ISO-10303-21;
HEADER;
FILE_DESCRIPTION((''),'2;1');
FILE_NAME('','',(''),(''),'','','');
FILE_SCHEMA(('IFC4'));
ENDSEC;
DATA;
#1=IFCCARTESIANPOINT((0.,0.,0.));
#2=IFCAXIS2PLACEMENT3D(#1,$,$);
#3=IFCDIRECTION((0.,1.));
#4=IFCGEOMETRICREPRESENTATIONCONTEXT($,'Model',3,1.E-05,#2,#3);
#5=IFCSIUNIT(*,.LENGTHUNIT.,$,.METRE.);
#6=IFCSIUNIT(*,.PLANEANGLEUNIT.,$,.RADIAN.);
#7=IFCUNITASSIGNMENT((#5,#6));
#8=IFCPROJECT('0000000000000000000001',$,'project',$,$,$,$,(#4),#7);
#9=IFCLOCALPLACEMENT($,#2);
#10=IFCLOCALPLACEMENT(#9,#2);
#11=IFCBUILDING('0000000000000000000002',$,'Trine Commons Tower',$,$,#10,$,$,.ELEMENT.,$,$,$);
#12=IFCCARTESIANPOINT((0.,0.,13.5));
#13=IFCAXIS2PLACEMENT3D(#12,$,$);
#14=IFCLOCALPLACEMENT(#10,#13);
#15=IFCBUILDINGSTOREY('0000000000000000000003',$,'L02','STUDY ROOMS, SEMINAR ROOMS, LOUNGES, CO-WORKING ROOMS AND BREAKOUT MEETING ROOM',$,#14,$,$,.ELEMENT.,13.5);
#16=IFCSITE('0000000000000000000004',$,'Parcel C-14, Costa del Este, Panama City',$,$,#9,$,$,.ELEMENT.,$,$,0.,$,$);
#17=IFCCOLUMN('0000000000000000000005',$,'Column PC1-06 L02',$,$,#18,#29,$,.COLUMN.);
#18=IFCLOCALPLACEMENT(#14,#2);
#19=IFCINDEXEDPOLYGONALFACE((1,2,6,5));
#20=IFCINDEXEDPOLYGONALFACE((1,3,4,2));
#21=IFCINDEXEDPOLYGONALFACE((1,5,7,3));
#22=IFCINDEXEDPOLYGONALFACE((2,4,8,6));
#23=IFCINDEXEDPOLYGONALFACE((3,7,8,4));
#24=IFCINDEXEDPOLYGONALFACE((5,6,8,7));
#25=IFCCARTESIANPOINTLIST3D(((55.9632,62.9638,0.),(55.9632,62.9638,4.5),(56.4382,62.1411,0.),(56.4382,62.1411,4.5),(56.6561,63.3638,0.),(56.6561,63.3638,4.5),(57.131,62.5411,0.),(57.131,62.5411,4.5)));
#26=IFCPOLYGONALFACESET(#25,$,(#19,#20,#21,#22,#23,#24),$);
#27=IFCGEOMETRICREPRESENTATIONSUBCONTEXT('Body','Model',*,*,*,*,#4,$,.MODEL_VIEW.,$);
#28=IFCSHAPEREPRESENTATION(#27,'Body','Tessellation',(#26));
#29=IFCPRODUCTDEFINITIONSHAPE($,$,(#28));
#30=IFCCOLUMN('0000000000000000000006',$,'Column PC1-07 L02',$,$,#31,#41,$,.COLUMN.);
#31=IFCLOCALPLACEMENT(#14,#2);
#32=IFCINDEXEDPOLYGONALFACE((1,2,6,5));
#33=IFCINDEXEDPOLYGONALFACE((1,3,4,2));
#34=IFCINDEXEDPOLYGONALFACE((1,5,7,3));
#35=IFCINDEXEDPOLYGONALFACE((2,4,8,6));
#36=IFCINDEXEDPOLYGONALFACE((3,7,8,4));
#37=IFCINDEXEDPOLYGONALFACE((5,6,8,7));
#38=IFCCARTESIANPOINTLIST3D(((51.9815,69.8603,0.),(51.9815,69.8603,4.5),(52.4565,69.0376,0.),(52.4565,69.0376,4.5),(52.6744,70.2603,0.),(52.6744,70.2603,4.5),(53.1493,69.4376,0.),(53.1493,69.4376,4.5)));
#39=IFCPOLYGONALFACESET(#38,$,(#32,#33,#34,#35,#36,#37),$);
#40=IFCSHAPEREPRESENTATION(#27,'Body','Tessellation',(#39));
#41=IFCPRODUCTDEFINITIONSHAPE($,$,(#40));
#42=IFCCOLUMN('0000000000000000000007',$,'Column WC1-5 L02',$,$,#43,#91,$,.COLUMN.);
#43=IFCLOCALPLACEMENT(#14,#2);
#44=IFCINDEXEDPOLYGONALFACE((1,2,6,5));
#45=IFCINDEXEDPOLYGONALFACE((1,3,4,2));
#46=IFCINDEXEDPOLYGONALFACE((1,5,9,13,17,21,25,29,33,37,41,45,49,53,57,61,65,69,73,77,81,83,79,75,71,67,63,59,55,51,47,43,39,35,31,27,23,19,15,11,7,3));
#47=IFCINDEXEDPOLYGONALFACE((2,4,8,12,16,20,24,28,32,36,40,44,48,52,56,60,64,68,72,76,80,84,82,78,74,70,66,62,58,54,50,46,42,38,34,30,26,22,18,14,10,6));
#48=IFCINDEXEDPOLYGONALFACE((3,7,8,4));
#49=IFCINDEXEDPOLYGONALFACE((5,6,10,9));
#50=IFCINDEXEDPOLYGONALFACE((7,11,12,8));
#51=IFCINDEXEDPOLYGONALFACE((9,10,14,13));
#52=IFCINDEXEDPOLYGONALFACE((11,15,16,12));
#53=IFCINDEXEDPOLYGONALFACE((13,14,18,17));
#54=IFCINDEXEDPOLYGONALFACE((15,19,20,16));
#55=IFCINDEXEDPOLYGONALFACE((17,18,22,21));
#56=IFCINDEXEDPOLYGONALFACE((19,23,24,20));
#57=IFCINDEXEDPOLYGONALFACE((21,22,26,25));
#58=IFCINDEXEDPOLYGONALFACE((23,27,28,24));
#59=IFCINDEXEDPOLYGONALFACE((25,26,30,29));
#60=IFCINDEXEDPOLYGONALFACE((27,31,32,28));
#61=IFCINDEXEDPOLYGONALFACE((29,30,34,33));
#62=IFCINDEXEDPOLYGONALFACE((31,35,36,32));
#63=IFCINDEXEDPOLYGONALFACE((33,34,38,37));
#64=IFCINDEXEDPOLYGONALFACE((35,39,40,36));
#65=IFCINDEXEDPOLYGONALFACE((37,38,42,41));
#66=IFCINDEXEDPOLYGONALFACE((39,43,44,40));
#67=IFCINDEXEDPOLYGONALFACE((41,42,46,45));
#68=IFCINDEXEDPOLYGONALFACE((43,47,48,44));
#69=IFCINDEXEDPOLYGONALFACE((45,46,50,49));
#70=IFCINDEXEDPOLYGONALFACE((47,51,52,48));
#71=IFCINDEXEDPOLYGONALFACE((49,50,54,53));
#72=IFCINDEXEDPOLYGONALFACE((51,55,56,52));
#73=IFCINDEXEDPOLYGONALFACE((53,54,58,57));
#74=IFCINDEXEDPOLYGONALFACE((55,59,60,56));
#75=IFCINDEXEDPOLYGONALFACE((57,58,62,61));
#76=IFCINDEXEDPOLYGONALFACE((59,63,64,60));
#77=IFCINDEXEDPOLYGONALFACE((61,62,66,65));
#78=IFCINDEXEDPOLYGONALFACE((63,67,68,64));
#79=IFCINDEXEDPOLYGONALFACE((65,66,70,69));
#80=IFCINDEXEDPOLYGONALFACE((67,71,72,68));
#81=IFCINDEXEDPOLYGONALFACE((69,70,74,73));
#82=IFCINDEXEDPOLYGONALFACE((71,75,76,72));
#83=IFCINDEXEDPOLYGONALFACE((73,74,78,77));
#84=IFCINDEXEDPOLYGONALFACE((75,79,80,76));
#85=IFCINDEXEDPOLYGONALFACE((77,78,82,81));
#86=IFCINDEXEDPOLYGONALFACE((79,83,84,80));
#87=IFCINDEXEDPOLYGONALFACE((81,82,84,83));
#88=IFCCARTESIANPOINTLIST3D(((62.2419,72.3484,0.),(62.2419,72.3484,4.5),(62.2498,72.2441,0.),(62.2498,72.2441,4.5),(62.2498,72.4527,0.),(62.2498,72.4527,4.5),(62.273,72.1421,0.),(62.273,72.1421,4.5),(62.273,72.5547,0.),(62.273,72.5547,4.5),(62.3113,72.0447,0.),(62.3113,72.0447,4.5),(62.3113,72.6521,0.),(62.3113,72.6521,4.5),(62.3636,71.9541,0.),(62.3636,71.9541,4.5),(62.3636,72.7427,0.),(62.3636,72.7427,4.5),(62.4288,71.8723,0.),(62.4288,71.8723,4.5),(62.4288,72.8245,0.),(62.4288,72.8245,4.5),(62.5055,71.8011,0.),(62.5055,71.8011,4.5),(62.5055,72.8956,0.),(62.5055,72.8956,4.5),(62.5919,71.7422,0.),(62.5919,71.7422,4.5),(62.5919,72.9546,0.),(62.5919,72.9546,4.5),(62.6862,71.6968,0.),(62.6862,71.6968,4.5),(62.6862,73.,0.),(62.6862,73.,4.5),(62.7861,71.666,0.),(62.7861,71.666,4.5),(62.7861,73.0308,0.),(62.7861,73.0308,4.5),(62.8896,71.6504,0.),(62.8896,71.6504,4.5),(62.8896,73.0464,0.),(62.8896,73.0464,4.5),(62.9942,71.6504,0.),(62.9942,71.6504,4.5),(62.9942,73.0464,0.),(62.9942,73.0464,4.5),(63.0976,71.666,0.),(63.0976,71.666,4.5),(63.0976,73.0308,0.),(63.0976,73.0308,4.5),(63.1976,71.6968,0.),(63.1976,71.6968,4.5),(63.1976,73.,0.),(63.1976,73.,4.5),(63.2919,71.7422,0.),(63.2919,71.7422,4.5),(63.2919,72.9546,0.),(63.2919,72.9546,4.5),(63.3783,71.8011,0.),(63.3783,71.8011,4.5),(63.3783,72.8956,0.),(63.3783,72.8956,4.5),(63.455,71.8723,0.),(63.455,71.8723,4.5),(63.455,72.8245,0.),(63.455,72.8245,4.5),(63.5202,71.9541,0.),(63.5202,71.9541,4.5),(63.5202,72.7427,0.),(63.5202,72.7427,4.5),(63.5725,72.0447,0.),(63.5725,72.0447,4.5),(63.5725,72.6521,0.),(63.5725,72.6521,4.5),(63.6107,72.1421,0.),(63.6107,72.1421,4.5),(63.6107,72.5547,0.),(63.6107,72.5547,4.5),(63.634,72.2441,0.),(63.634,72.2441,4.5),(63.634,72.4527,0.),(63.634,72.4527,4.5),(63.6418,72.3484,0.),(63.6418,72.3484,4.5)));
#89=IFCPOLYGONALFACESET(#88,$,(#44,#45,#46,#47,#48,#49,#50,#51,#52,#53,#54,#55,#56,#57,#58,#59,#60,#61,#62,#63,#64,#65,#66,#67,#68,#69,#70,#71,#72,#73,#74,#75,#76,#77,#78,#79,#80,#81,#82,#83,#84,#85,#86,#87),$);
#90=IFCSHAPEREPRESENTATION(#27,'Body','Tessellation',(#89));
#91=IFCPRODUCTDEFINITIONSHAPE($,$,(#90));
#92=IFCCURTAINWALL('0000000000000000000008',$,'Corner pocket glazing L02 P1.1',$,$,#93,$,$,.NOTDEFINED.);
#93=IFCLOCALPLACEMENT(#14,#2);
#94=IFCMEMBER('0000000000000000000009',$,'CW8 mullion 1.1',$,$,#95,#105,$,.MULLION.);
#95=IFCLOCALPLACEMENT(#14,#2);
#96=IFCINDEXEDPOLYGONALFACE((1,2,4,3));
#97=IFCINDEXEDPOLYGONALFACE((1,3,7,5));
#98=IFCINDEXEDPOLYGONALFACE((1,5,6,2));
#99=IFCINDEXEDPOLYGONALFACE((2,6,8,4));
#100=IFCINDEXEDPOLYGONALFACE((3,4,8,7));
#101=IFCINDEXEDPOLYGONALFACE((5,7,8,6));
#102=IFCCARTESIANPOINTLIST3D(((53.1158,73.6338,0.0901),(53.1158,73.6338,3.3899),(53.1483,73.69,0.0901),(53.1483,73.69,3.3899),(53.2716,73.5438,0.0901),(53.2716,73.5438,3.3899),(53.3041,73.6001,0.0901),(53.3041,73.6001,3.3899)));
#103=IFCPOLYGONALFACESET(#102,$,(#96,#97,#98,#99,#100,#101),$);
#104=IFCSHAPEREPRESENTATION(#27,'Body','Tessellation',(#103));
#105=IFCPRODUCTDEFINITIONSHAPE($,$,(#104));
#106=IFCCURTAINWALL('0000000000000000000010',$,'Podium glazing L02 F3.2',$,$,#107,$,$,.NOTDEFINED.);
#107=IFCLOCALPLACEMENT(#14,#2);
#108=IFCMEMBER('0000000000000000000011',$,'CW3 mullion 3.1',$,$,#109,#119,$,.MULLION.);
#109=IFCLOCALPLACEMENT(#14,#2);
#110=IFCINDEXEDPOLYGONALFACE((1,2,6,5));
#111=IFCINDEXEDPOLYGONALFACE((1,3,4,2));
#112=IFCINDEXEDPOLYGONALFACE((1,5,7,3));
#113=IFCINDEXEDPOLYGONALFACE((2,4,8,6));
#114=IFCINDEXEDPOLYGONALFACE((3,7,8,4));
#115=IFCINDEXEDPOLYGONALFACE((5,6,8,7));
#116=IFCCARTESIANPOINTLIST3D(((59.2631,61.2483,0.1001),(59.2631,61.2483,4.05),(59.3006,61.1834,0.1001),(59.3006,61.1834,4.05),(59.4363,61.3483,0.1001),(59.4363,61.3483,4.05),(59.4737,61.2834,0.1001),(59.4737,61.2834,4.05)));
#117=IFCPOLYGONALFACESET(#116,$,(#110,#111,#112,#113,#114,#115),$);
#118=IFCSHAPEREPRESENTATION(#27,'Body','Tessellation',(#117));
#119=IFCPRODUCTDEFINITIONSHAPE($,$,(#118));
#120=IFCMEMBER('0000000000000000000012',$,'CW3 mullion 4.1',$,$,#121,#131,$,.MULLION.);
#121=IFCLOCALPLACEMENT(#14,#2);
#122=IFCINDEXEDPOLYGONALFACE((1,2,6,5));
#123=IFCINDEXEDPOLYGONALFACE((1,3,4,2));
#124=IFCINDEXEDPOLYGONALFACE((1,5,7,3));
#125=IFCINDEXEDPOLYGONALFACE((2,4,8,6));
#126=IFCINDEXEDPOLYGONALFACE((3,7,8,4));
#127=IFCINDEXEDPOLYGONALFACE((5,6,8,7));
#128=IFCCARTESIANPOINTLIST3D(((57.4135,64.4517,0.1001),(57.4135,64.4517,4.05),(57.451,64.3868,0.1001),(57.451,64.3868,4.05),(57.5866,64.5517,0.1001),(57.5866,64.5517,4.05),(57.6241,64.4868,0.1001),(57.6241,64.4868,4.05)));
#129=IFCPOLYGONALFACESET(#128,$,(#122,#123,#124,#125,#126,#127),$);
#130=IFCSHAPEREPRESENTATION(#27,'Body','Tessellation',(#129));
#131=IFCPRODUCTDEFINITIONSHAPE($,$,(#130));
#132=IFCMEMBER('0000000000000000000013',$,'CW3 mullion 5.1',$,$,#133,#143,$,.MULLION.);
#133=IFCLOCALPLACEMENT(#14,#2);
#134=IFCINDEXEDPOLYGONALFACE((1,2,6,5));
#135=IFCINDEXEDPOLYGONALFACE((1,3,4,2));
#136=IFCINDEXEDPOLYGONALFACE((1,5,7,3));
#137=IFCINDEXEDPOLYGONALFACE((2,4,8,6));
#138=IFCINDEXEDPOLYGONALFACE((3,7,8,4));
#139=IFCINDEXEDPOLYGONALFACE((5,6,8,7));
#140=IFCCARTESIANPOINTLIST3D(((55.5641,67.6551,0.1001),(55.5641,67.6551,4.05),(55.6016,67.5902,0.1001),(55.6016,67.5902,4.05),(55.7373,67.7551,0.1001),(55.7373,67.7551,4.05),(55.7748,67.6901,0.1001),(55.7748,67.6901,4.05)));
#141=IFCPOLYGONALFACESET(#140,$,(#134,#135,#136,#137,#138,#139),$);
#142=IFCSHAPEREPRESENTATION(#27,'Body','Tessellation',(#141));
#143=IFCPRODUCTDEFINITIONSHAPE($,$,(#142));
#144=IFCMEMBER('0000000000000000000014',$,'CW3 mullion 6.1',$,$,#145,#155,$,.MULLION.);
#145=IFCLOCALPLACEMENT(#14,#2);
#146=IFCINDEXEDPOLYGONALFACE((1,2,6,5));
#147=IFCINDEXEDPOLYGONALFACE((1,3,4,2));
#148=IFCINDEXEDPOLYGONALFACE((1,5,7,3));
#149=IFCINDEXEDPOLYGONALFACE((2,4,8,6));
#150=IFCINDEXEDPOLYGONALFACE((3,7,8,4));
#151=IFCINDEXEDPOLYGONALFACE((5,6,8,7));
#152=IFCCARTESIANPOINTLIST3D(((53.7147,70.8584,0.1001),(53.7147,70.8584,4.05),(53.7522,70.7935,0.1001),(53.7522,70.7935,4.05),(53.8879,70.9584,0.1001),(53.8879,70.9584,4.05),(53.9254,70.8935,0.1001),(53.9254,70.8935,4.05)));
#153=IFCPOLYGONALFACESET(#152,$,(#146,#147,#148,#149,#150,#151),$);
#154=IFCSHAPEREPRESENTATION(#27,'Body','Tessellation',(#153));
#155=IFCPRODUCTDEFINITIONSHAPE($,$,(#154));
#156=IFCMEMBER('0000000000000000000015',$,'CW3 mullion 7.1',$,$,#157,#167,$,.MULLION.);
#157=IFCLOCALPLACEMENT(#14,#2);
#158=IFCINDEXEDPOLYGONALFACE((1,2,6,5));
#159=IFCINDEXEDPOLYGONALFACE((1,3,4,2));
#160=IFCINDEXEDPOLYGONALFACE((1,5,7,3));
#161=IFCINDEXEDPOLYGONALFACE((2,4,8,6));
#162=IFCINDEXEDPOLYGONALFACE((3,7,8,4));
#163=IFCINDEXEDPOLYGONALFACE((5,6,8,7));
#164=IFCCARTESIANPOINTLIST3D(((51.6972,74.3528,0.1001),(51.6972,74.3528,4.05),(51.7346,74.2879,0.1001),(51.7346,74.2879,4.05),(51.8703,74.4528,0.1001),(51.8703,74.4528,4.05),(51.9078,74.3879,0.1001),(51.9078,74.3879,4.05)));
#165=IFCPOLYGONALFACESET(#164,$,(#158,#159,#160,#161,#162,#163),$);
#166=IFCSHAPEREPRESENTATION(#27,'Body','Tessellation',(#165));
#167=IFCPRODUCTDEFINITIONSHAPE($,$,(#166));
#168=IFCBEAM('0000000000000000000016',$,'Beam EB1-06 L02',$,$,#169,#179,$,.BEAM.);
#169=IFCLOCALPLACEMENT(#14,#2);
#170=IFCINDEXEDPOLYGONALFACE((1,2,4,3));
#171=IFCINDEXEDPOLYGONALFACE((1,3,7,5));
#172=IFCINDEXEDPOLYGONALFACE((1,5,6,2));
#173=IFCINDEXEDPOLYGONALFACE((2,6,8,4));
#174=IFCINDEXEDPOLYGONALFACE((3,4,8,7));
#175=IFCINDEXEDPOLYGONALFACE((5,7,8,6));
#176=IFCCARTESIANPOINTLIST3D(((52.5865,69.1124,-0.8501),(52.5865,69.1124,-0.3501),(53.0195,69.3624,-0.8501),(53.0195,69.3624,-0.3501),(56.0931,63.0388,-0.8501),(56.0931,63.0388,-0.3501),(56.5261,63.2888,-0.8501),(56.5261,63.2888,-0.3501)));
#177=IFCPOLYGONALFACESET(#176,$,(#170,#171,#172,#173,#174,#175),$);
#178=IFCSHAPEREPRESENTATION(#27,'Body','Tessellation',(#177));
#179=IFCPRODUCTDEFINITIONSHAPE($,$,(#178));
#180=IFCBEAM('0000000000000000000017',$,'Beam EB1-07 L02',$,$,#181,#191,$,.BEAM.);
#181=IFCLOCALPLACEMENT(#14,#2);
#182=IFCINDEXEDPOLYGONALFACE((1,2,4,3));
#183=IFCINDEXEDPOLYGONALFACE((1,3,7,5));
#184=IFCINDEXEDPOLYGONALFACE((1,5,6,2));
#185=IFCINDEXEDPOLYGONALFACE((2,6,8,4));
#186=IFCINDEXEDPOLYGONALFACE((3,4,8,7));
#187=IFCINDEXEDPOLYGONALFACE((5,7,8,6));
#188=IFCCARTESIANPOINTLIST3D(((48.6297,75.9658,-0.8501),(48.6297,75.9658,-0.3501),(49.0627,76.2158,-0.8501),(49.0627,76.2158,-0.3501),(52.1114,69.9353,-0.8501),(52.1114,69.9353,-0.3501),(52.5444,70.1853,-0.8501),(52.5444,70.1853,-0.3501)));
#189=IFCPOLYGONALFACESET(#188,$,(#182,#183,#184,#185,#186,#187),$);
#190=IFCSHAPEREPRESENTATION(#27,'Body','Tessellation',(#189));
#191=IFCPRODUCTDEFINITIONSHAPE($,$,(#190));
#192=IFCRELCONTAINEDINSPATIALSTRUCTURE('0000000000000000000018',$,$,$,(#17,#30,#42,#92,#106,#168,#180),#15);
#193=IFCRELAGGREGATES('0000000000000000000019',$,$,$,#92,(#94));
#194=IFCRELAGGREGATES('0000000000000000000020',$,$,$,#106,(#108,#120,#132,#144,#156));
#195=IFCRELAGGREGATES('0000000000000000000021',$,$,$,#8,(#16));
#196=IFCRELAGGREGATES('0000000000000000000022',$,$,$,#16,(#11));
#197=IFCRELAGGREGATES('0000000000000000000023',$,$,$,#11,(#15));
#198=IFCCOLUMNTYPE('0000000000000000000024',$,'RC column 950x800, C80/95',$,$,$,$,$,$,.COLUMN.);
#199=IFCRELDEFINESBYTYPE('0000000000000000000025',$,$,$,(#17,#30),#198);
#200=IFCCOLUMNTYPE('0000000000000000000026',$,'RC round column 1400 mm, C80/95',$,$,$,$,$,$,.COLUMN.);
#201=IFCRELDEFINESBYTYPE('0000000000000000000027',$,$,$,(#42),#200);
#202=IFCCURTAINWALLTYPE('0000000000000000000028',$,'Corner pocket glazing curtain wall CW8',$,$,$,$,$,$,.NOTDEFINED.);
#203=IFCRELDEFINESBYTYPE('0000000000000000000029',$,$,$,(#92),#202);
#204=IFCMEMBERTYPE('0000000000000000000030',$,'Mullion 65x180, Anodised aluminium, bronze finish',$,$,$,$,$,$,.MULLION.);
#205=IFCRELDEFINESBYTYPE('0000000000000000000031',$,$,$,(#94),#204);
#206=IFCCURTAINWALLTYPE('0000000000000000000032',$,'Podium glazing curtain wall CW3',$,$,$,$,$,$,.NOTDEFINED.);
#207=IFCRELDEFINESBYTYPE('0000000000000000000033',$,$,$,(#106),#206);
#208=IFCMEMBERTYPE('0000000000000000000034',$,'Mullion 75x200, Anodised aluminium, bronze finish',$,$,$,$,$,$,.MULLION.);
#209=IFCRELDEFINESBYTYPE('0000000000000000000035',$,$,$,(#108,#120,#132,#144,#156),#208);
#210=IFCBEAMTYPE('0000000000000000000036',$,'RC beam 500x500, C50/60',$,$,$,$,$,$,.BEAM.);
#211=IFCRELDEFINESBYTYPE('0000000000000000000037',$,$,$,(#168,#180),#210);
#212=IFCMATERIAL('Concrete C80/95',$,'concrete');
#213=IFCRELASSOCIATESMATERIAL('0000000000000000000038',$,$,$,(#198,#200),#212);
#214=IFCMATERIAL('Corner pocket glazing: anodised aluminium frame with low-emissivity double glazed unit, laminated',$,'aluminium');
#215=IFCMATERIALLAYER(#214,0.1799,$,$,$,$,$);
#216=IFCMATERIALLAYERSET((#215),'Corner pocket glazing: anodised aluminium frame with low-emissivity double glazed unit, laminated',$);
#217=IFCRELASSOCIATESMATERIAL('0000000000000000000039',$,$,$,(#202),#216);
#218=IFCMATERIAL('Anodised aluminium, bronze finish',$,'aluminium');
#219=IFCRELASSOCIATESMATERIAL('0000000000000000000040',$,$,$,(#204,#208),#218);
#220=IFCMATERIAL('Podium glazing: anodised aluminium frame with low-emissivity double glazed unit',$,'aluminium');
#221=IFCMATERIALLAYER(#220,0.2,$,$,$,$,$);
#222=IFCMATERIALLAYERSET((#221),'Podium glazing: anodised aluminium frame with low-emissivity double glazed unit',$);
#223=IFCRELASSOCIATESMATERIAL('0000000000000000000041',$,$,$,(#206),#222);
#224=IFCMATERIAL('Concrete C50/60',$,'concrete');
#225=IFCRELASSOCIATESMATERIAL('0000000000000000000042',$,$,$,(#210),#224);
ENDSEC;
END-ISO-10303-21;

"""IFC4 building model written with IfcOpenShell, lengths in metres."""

from ifc_helpers import new_model, si_unit, direction, frame, origin, origin_2d, place, context, subcontext, project, spatial, rectangle, circle, extrude, material, layer, layer_set, material_profile, profile_set, type_object, element, aggregate, save


model = new_model("IFC4")

# Units and contexts
model_context = context("Model", 3, precision=1e-05, world=origin(), true_north=direction((0.0, 1.0)))
body_context = subcontext(model_context, "Body", "Model", "MODEL_VIEW")
ifc_project = project(units=[si_unit("LENGTHUNIT", "METRE"), si_unit("PLANEANGLEUNIT", "RADIAN")], contexts=[model_context])

# Site, building, storey
site_placement = place(None, origin())
site = spatial("IfcSite", under=ifc_project, at=site_placement, Name="Parcel C-14, Costa del Este, Panama City", CompositionType="ELEMENT", RefElevation=0.0)
building_placement = place(site_placement, origin())
building = spatial("IfcBuilding", under=site, at=building_placement, Name="Trine Commons Tower", CompositionType="ELEMENT")
storey_placement = place(building_placement, frame((0.0, 0.0, 13.5)))
storey = spatial("IfcBuildingStorey", under=building, at=storey_placement, Name="L02", Description="STUDY ROOMS, SEMINAR ROOMS, LOUNGES, CO-WORKING ROOMS AND BREAKOUT MEETING ROOM", CompositionType="ELEMENT", Elevation=13.5)

# Columns
ifc_material_1 = material(Name="Concrete C80/95", Category="concrete")
ifc_material_profile_1 = material_profile(ifc_material_1, rectangle(XDim=0.95, YDim=0.8, at=origin_2d()), Name="RC 950x800")
ifc_profile_set_1 = profile_set([ifc_material_profile_1], Name="Concrete C80/95")
column_type_1 = type_object("IfcColumnType", Name="RC column 950x800, C80/95", PredefinedType="COLUMN", material=ifc_profile_set_1)
for number, where, z_axis, x_axis, name in (
    (1, (56.5471, 62.7524, 0.0), (0.0, 0.0, 1.0), (-0.5, 0.866025, 0.0), "Column PC1-06 L02"),
    (2, (52.5654, 69.6489, 0.0), (0.0, 0.0, 1.0), (-0.5, 0.866025, 0.0), "Column PC1-07 L02"),
):
    element("IfcColumn", number, at=place(storey_placement, frame(where, z_axis=z_axis, x_axis=x_axis)), inside=storey, type_object=column_type_1, Name=name, PredefinedType="COLUMN", context=body_context, shape_type="SweptSolid", body=[
        extrude(rectangle(XDim=0.95, YDim=0.8, at=origin_2d()), origin(), (0.0, 0.0, 1.0), 4.5),
    ])
ifc_material_profile_2 = material_profile(ifc_material_1, circle(Radius=0.7, at=origin_2d()), Name="RC round 1400")
ifc_profile_set_2 = profile_set([ifc_material_profile_2], Name="Concrete C80/95")
column_type_2 = type_object("IfcColumnType", Name="RC round column 1400 mm, C80/95", PredefinedType="COLUMN", material=ifc_profile_set_2)
column_placement = place(storey_placement, frame((62.9419, 72.3484, 0.0), z_axis=(0.0, 0.0, 1.0), x_axis=(1.0, 0.0, 0.0)))
element("IfcColumn", 3, at=column_placement, inside=storey, type_object=column_type_2, Name="Column WC1-5 L02", PredefinedType="COLUMN", context=body_context, shape_type="SweptSolid", body=[
    extrude(circle(Radius=0.7, at=origin_2d()), origin(), (0.0, 0.0, 1.0), 4.5),
])

# Curtain wall, member
ifc_material_2 = material(Name="Corner pocket glazing: anodised aluminium frame with low-emissivity double glazed unit, laminated", Category="aluminium")
ifc_layer_1 = layer(ifc_material_2, 0.1799)
ifc_layer_set_1 = layer_set([ifc_layer_1], Name="Corner pocket glazing: anodised aluminium frame with low-emissivity double glazed unit, laminated")
curtain_wall_type_1 = type_object("IfcCurtainWallType", Name="Corner pocket glazing curtain wall CW8", PredefinedType="NOTDEFINED", material=ifc_layer_set_1)
curtain_wall_1_placement = place(storey_placement, origin())
curtain_wall_1 = element("IfcCurtainWall", 4, at=curtain_wall_1_placement, inside=storey, type_object=curtain_wall_type_1, Name="Corner pocket glazing L02 P1.1", PredefinedType="NOTDEFINED")
ifc_material_3 = material(Name="Anodised aluminium, bronze finish", Category="aluminium")
ifc_material_profile_3 = material_profile(ifc_material_3, rectangle(XDim=0.1799, YDim=0.0649, at=origin_2d()), Name="Mullion 65x180")
ifc_profile_set_3 = profile_set([ifc_material_profile_3], Name="Anodised aluminium, bronze finish")
member_type_1 = type_object("IfcMemberType", Name="Mullion 65x180, Anodised aluminium, bronze finish", PredefinedType="MULLION", material=ifc_profile_set_3)
member_1_placement = place(storey_placement, frame((53.21, 73.6169, 0.0901), z_axis=(0.0, 0.0, 1.0), x_axis=(-0.866025, 0.5, 0.0)))
member_1 = element("IfcMember", 5, at=member_1_placement, type_object=member_type_1, Name="CW8 mullion 1.1", PredefinedType="MULLION", context=body_context, shape_type="SweptSolid", body=[
    extrude(rectangle(XDim=0.1799, YDim=0.0649, at=origin_2d()), origin(), (0.0, 0.0, 1.0), 3.2998),
])

# Curtain wall, members
ifc_material_4 = material(Name="Podium glazing: anodised aluminium frame with low-emissivity double glazed unit", Category="aluminium")
ifc_layer_2 = layer(ifc_material_4, 0.2)
ifc_layer_set_2 = layer_set([ifc_layer_2], Name="Podium glazing: anodised aluminium frame with low-emissivity double glazed unit")
curtain_wall_type_2 = type_object("IfcCurtainWallType", Name="Podium glazing curtain wall CW3", PredefinedType="NOTDEFINED", material=ifc_layer_set_2)
curtain_wall_2_placement = place(storey_placement, origin())
curtain_wall_2 = element("IfcCurtainWall", 6, at=curtain_wall_2_placement, inside=storey, type_object=curtain_wall_type_2, Name="Podium glazing L02 F3.2", PredefinedType="NOTDEFINED")
ifc_material_profile_4 = material_profile(ifc_material_3, rectangle(XDim=0.2, YDim=0.075, at=origin_2d()), Name="Mullion 75x200")
ifc_profile_set_4 = profile_set([ifc_material_profile_4], Name="Anodised aluminium, bronze finish")
member_type_2 = type_object("IfcMemberType", Name="Mullion 75x200, Anodised aluminium, bronze finish", PredefinedType="MULLION", material=ifc_profile_set_4)
member_2_placement = place(storey_placement, frame((59.3684, 61.2659, 0.1001), z_axis=(0.0, 0.0, 1.0), x_axis=(-0.866025, -0.5, 0.0)))
member_2 = element("IfcMember", 7, at=member_2_placement, type_object=member_type_2, Name="CW3 mullion 3.1", PredefinedType="MULLION", context=body_context, shape_type="SweptSolid", body=[
    extrude(rectangle(XDim=0.2, YDim=0.075, at=origin_2d()), origin(), (0.0, 0.0, 1.0), 3.95),
])
member_3_placement = place(storey_placement, frame((57.5188, 64.4692, 0.1001), z_axis=(0.0, 0.0, 1.0), x_axis=(-0.866025, -0.5, 0.0)))
member_3 = element("IfcMember", 8, at=member_3_placement, type_object=member_type_2, Name="CW3 mullion 4.1", PredefinedType="MULLION", context=body_context, shape_type="SweptSolid", body=[
    extrude(rectangle(XDim=0.2, YDim=0.075, at=origin_2d()), origin(), (0.0, 0.0, 1.0), 3.95),
])
member_4_placement = place(storey_placement, frame((55.6694, 67.6726, 0.1001), z_axis=(0.0, 0.0, 1.0), x_axis=(-0.866025, -0.5, 0.0)))
member_4 = element("IfcMember", 9, at=member_4_placement, type_object=member_type_2, Name="CW3 mullion 5.1", PredefinedType="MULLION", context=body_context, shape_type="SweptSolid", body=[
    extrude(rectangle(XDim=0.2, YDim=0.075, at=origin_2d()), origin(), (0.0, 0.0, 1.0), 3.95),
])
member_5_placement = place(storey_placement, frame((53.8201, 70.876, 0.1001), z_axis=(0.0, 0.0, 1.0), x_axis=(-0.866025, -0.5, 0.0)))
member_5 = element("IfcMember", 10, at=member_5_placement, type_object=member_type_2, Name="CW3 mullion 6.1", PredefinedType="MULLION", context=body_context, shape_type="SweptSolid", body=[
    extrude(rectangle(XDim=0.2, YDim=0.075, at=origin_2d()), origin(), (0.0, 0.0, 1.0), 3.95),
])
member_6_placement = place(storey_placement, frame((51.8025, 74.3704, 0.1001), z_axis=(0.0, 0.0, 1.0), x_axis=(-0.866025, -0.5, 0.0)))
member_6 = element("IfcMember", 11, at=member_6_placement, type_object=member_type_2, Name="CW3 mullion 7.1", PredefinedType="MULLION", context=body_context, shape_type="SweptSolid", body=[
    extrude(rectangle(XDim=0.2, YDim=0.075, at=origin_2d()), origin(), (0.0, 0.0, 1.0), 3.95),
])

# Beams
ifc_material_5 = material(Name="Concrete C50/60", Category="concrete")
ifc_material_profile_5 = material_profile(ifc_material_5, rectangle(XDim=0.5, YDim=0.5, at=origin_2d()), Name="RC 500x500")
ifc_profile_set_5 = profile_set([ifc_material_profile_5], Name="Concrete C50/60")
beam_type = type_object("IfcBeamType", Name="RC beam 500x500, C50/60", PredefinedType="BEAM", material=ifc_profile_set_5)
beam_1_placement = place(storey_placement, frame((56.3096, 63.1638, -0.6001), z_axis=(-0.499992, 0.86603, 0.0), x_axis=(-0.86603, -0.499992, 0.0)))
element("IfcBeam", 12, at=beam_1_placement, inside=storey, type_object=beam_type, Name="Beam EB1-06 L02", PredefinedType="BEAM", context=body_context, shape_type="SweptSolid", body=[
    extrude(rectangle(XDim=0.5, YDim=0.5, at=origin_2d()), origin(), (0.0, 0.0, 1.0), 7.0132),
])
beam_2_placement = place(storey_placement, frame((52.3279, 70.0603, -0.6001), z_axis=(-0.499997, 0.866027, 0.0), x_axis=(-0.866027, -0.499997, 0.0)))
element("IfcBeam", 13, at=beam_2_placement, inside=storey, type_object=beam_type, Name="Beam EB1-07 L02", PredefinedType="BEAM", context=body_context, shape_type="SweptSolid", body=[
    extrude(rectangle(XDim=0.5, YDim=0.5, at=origin_2d()), origin(), (0.0, 0.0, 1.0), 6.9634),
])

aggregate(curtain_wall_1, [member_1])

aggregate(curtain_wall_2, [member_2, member_3, member_4, member_5, member_6])

save(model, "model.ifc")
